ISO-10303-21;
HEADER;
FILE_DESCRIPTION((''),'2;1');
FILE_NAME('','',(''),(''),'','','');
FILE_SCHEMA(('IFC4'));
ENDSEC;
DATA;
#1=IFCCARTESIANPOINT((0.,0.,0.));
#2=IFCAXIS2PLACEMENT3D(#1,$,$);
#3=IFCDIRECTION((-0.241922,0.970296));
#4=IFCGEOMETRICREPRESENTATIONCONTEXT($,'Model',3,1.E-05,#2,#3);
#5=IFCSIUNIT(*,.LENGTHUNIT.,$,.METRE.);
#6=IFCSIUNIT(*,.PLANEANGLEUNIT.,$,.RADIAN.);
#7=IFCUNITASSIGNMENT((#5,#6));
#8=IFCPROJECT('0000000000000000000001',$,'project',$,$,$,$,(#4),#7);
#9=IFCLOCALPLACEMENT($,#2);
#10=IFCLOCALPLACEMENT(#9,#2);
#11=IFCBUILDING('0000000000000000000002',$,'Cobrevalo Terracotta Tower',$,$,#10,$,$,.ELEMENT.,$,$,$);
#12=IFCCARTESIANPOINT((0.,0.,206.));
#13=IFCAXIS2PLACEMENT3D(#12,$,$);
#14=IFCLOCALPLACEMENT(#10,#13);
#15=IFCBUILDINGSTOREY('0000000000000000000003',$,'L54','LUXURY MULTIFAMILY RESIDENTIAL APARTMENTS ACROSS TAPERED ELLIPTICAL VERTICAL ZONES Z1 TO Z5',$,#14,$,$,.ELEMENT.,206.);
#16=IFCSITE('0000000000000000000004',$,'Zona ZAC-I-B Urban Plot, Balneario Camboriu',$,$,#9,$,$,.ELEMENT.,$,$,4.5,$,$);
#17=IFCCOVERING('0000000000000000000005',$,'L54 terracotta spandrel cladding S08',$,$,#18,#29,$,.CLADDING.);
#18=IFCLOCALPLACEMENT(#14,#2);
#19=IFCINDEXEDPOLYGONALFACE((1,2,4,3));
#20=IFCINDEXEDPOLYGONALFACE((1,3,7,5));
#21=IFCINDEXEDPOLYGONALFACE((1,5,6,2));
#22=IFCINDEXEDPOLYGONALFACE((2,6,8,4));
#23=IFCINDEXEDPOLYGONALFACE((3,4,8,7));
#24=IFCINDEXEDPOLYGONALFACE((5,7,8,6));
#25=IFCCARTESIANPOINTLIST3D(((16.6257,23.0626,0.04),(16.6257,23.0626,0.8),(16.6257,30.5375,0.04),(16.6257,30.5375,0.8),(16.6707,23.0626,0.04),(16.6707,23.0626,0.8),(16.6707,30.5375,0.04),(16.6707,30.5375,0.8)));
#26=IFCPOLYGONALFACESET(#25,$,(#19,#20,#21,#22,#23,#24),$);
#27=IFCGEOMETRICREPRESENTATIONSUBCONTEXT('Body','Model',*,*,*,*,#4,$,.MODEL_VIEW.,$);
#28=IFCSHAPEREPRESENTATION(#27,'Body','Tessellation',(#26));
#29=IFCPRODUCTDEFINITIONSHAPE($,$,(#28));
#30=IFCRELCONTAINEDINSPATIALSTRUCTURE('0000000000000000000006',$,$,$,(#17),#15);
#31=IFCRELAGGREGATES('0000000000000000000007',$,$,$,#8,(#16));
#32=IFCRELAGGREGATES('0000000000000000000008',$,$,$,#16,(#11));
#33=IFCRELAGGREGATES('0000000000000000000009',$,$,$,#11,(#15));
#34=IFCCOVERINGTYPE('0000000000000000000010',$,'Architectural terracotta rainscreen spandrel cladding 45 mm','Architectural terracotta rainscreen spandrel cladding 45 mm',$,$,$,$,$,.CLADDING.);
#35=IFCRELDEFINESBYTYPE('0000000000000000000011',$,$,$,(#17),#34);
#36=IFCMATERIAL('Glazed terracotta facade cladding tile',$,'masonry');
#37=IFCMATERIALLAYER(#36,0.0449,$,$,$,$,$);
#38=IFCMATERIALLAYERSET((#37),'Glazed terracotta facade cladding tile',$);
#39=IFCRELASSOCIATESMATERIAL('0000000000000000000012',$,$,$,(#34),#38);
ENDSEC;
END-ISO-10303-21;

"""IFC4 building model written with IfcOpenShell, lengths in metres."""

from ifc_helpers import new_model, si_unit, direction, frame, origin, origin_2d, place, context, subcontext, project, spatial, rectangle, extrude, source, transform, mapped, material, layer, layer_set, type_object, element, save


model = new_model("IFC4")

# Units and contexts
model_context = context("Model", 3, precision=1e-05, world=origin(), true_north=direction((-0.241922, 0.970296)))
body_context = subcontext(model_context, "Body", "Model", "MODEL_VIEW")
ifc_project = project(units=[si_unit("LENGTHUNIT", "METRE"), si_unit("PLANEANGLEUNIT", "RADIAN")], contexts=[model_context])

# Site, building, storey
site_placement = place(None, origin())
site = spatial("IfcSite", under=ifc_project, at=site_placement, Name="Zona ZAC-I-B Urban Plot, Balneario Camboriu", CompositionType="ELEMENT", RefElevation=4.5)
building_placement = place(site_placement, origin())
building = spatial("IfcBuilding", under=site, at=building_placement, Name="Cobrevalo Terracotta Tower", CompositionType="ELEMENT")
storey_placement = place(building_placement, frame((0.0, 0.0, 206.0)))
storey = spatial("IfcBuildingStorey", under=building, at=storey_placement, Name="L54", Description="LUXURY MULTIFAMILY RESIDENTIAL APARTMENTS ACROSS TAPERED ELLIPTICAL VERTICAL ZONES Z1 TO Z5", CompositionType="ELEMENT", Elevation=206.0)

# Covering
ifc_material_1 = material(Name="Glazed terracotta facade cladding tile", Category="masonry")
ifc_layer_1 = layer(ifc_material_1, 0.0449)
ifc_layer_set_1 = layer_set([ifc_layer_1], Name="Glazed terracotta facade cladding tile")
covering_type = type_object("IfcCoveringType", Name="Architectural terracotta rainscreen spandrel cladding 45 mm", Description="Architectural terracotta rainscreen spandrel cladding 45 mm", PredefinedType="CLADDING", material=ifc_layer_set_1)
shared_shape_1 = source(origin(), body_context, "Body", "SweptSolid", [
    extrude(rectangle(XDim=7.4749, YDim=0.0449, at=origin_2d()), origin(), (0.0, 0.0, 1.0), 0.76),
])
covering_placement = place(storey_placement, frame((16.6482, 26.8, 0.04), z_axis=(0.0, 0.0, 1.0), x_axis=(0.0, -1.0, 0.0)))
element("IfcCovering", 1, at=covering_placement, inside=storey, type_object=covering_type, Name="L54 terracotta spandrel cladding S08", PredefinedType="CLADDING", context=body_context, shape_type="MappedRepresentation", body=[
    mapped(shared_shape_1, transform((0.0, 0.0, 0.0), scale=1.0)),
])

save(model, "model.ifc")
